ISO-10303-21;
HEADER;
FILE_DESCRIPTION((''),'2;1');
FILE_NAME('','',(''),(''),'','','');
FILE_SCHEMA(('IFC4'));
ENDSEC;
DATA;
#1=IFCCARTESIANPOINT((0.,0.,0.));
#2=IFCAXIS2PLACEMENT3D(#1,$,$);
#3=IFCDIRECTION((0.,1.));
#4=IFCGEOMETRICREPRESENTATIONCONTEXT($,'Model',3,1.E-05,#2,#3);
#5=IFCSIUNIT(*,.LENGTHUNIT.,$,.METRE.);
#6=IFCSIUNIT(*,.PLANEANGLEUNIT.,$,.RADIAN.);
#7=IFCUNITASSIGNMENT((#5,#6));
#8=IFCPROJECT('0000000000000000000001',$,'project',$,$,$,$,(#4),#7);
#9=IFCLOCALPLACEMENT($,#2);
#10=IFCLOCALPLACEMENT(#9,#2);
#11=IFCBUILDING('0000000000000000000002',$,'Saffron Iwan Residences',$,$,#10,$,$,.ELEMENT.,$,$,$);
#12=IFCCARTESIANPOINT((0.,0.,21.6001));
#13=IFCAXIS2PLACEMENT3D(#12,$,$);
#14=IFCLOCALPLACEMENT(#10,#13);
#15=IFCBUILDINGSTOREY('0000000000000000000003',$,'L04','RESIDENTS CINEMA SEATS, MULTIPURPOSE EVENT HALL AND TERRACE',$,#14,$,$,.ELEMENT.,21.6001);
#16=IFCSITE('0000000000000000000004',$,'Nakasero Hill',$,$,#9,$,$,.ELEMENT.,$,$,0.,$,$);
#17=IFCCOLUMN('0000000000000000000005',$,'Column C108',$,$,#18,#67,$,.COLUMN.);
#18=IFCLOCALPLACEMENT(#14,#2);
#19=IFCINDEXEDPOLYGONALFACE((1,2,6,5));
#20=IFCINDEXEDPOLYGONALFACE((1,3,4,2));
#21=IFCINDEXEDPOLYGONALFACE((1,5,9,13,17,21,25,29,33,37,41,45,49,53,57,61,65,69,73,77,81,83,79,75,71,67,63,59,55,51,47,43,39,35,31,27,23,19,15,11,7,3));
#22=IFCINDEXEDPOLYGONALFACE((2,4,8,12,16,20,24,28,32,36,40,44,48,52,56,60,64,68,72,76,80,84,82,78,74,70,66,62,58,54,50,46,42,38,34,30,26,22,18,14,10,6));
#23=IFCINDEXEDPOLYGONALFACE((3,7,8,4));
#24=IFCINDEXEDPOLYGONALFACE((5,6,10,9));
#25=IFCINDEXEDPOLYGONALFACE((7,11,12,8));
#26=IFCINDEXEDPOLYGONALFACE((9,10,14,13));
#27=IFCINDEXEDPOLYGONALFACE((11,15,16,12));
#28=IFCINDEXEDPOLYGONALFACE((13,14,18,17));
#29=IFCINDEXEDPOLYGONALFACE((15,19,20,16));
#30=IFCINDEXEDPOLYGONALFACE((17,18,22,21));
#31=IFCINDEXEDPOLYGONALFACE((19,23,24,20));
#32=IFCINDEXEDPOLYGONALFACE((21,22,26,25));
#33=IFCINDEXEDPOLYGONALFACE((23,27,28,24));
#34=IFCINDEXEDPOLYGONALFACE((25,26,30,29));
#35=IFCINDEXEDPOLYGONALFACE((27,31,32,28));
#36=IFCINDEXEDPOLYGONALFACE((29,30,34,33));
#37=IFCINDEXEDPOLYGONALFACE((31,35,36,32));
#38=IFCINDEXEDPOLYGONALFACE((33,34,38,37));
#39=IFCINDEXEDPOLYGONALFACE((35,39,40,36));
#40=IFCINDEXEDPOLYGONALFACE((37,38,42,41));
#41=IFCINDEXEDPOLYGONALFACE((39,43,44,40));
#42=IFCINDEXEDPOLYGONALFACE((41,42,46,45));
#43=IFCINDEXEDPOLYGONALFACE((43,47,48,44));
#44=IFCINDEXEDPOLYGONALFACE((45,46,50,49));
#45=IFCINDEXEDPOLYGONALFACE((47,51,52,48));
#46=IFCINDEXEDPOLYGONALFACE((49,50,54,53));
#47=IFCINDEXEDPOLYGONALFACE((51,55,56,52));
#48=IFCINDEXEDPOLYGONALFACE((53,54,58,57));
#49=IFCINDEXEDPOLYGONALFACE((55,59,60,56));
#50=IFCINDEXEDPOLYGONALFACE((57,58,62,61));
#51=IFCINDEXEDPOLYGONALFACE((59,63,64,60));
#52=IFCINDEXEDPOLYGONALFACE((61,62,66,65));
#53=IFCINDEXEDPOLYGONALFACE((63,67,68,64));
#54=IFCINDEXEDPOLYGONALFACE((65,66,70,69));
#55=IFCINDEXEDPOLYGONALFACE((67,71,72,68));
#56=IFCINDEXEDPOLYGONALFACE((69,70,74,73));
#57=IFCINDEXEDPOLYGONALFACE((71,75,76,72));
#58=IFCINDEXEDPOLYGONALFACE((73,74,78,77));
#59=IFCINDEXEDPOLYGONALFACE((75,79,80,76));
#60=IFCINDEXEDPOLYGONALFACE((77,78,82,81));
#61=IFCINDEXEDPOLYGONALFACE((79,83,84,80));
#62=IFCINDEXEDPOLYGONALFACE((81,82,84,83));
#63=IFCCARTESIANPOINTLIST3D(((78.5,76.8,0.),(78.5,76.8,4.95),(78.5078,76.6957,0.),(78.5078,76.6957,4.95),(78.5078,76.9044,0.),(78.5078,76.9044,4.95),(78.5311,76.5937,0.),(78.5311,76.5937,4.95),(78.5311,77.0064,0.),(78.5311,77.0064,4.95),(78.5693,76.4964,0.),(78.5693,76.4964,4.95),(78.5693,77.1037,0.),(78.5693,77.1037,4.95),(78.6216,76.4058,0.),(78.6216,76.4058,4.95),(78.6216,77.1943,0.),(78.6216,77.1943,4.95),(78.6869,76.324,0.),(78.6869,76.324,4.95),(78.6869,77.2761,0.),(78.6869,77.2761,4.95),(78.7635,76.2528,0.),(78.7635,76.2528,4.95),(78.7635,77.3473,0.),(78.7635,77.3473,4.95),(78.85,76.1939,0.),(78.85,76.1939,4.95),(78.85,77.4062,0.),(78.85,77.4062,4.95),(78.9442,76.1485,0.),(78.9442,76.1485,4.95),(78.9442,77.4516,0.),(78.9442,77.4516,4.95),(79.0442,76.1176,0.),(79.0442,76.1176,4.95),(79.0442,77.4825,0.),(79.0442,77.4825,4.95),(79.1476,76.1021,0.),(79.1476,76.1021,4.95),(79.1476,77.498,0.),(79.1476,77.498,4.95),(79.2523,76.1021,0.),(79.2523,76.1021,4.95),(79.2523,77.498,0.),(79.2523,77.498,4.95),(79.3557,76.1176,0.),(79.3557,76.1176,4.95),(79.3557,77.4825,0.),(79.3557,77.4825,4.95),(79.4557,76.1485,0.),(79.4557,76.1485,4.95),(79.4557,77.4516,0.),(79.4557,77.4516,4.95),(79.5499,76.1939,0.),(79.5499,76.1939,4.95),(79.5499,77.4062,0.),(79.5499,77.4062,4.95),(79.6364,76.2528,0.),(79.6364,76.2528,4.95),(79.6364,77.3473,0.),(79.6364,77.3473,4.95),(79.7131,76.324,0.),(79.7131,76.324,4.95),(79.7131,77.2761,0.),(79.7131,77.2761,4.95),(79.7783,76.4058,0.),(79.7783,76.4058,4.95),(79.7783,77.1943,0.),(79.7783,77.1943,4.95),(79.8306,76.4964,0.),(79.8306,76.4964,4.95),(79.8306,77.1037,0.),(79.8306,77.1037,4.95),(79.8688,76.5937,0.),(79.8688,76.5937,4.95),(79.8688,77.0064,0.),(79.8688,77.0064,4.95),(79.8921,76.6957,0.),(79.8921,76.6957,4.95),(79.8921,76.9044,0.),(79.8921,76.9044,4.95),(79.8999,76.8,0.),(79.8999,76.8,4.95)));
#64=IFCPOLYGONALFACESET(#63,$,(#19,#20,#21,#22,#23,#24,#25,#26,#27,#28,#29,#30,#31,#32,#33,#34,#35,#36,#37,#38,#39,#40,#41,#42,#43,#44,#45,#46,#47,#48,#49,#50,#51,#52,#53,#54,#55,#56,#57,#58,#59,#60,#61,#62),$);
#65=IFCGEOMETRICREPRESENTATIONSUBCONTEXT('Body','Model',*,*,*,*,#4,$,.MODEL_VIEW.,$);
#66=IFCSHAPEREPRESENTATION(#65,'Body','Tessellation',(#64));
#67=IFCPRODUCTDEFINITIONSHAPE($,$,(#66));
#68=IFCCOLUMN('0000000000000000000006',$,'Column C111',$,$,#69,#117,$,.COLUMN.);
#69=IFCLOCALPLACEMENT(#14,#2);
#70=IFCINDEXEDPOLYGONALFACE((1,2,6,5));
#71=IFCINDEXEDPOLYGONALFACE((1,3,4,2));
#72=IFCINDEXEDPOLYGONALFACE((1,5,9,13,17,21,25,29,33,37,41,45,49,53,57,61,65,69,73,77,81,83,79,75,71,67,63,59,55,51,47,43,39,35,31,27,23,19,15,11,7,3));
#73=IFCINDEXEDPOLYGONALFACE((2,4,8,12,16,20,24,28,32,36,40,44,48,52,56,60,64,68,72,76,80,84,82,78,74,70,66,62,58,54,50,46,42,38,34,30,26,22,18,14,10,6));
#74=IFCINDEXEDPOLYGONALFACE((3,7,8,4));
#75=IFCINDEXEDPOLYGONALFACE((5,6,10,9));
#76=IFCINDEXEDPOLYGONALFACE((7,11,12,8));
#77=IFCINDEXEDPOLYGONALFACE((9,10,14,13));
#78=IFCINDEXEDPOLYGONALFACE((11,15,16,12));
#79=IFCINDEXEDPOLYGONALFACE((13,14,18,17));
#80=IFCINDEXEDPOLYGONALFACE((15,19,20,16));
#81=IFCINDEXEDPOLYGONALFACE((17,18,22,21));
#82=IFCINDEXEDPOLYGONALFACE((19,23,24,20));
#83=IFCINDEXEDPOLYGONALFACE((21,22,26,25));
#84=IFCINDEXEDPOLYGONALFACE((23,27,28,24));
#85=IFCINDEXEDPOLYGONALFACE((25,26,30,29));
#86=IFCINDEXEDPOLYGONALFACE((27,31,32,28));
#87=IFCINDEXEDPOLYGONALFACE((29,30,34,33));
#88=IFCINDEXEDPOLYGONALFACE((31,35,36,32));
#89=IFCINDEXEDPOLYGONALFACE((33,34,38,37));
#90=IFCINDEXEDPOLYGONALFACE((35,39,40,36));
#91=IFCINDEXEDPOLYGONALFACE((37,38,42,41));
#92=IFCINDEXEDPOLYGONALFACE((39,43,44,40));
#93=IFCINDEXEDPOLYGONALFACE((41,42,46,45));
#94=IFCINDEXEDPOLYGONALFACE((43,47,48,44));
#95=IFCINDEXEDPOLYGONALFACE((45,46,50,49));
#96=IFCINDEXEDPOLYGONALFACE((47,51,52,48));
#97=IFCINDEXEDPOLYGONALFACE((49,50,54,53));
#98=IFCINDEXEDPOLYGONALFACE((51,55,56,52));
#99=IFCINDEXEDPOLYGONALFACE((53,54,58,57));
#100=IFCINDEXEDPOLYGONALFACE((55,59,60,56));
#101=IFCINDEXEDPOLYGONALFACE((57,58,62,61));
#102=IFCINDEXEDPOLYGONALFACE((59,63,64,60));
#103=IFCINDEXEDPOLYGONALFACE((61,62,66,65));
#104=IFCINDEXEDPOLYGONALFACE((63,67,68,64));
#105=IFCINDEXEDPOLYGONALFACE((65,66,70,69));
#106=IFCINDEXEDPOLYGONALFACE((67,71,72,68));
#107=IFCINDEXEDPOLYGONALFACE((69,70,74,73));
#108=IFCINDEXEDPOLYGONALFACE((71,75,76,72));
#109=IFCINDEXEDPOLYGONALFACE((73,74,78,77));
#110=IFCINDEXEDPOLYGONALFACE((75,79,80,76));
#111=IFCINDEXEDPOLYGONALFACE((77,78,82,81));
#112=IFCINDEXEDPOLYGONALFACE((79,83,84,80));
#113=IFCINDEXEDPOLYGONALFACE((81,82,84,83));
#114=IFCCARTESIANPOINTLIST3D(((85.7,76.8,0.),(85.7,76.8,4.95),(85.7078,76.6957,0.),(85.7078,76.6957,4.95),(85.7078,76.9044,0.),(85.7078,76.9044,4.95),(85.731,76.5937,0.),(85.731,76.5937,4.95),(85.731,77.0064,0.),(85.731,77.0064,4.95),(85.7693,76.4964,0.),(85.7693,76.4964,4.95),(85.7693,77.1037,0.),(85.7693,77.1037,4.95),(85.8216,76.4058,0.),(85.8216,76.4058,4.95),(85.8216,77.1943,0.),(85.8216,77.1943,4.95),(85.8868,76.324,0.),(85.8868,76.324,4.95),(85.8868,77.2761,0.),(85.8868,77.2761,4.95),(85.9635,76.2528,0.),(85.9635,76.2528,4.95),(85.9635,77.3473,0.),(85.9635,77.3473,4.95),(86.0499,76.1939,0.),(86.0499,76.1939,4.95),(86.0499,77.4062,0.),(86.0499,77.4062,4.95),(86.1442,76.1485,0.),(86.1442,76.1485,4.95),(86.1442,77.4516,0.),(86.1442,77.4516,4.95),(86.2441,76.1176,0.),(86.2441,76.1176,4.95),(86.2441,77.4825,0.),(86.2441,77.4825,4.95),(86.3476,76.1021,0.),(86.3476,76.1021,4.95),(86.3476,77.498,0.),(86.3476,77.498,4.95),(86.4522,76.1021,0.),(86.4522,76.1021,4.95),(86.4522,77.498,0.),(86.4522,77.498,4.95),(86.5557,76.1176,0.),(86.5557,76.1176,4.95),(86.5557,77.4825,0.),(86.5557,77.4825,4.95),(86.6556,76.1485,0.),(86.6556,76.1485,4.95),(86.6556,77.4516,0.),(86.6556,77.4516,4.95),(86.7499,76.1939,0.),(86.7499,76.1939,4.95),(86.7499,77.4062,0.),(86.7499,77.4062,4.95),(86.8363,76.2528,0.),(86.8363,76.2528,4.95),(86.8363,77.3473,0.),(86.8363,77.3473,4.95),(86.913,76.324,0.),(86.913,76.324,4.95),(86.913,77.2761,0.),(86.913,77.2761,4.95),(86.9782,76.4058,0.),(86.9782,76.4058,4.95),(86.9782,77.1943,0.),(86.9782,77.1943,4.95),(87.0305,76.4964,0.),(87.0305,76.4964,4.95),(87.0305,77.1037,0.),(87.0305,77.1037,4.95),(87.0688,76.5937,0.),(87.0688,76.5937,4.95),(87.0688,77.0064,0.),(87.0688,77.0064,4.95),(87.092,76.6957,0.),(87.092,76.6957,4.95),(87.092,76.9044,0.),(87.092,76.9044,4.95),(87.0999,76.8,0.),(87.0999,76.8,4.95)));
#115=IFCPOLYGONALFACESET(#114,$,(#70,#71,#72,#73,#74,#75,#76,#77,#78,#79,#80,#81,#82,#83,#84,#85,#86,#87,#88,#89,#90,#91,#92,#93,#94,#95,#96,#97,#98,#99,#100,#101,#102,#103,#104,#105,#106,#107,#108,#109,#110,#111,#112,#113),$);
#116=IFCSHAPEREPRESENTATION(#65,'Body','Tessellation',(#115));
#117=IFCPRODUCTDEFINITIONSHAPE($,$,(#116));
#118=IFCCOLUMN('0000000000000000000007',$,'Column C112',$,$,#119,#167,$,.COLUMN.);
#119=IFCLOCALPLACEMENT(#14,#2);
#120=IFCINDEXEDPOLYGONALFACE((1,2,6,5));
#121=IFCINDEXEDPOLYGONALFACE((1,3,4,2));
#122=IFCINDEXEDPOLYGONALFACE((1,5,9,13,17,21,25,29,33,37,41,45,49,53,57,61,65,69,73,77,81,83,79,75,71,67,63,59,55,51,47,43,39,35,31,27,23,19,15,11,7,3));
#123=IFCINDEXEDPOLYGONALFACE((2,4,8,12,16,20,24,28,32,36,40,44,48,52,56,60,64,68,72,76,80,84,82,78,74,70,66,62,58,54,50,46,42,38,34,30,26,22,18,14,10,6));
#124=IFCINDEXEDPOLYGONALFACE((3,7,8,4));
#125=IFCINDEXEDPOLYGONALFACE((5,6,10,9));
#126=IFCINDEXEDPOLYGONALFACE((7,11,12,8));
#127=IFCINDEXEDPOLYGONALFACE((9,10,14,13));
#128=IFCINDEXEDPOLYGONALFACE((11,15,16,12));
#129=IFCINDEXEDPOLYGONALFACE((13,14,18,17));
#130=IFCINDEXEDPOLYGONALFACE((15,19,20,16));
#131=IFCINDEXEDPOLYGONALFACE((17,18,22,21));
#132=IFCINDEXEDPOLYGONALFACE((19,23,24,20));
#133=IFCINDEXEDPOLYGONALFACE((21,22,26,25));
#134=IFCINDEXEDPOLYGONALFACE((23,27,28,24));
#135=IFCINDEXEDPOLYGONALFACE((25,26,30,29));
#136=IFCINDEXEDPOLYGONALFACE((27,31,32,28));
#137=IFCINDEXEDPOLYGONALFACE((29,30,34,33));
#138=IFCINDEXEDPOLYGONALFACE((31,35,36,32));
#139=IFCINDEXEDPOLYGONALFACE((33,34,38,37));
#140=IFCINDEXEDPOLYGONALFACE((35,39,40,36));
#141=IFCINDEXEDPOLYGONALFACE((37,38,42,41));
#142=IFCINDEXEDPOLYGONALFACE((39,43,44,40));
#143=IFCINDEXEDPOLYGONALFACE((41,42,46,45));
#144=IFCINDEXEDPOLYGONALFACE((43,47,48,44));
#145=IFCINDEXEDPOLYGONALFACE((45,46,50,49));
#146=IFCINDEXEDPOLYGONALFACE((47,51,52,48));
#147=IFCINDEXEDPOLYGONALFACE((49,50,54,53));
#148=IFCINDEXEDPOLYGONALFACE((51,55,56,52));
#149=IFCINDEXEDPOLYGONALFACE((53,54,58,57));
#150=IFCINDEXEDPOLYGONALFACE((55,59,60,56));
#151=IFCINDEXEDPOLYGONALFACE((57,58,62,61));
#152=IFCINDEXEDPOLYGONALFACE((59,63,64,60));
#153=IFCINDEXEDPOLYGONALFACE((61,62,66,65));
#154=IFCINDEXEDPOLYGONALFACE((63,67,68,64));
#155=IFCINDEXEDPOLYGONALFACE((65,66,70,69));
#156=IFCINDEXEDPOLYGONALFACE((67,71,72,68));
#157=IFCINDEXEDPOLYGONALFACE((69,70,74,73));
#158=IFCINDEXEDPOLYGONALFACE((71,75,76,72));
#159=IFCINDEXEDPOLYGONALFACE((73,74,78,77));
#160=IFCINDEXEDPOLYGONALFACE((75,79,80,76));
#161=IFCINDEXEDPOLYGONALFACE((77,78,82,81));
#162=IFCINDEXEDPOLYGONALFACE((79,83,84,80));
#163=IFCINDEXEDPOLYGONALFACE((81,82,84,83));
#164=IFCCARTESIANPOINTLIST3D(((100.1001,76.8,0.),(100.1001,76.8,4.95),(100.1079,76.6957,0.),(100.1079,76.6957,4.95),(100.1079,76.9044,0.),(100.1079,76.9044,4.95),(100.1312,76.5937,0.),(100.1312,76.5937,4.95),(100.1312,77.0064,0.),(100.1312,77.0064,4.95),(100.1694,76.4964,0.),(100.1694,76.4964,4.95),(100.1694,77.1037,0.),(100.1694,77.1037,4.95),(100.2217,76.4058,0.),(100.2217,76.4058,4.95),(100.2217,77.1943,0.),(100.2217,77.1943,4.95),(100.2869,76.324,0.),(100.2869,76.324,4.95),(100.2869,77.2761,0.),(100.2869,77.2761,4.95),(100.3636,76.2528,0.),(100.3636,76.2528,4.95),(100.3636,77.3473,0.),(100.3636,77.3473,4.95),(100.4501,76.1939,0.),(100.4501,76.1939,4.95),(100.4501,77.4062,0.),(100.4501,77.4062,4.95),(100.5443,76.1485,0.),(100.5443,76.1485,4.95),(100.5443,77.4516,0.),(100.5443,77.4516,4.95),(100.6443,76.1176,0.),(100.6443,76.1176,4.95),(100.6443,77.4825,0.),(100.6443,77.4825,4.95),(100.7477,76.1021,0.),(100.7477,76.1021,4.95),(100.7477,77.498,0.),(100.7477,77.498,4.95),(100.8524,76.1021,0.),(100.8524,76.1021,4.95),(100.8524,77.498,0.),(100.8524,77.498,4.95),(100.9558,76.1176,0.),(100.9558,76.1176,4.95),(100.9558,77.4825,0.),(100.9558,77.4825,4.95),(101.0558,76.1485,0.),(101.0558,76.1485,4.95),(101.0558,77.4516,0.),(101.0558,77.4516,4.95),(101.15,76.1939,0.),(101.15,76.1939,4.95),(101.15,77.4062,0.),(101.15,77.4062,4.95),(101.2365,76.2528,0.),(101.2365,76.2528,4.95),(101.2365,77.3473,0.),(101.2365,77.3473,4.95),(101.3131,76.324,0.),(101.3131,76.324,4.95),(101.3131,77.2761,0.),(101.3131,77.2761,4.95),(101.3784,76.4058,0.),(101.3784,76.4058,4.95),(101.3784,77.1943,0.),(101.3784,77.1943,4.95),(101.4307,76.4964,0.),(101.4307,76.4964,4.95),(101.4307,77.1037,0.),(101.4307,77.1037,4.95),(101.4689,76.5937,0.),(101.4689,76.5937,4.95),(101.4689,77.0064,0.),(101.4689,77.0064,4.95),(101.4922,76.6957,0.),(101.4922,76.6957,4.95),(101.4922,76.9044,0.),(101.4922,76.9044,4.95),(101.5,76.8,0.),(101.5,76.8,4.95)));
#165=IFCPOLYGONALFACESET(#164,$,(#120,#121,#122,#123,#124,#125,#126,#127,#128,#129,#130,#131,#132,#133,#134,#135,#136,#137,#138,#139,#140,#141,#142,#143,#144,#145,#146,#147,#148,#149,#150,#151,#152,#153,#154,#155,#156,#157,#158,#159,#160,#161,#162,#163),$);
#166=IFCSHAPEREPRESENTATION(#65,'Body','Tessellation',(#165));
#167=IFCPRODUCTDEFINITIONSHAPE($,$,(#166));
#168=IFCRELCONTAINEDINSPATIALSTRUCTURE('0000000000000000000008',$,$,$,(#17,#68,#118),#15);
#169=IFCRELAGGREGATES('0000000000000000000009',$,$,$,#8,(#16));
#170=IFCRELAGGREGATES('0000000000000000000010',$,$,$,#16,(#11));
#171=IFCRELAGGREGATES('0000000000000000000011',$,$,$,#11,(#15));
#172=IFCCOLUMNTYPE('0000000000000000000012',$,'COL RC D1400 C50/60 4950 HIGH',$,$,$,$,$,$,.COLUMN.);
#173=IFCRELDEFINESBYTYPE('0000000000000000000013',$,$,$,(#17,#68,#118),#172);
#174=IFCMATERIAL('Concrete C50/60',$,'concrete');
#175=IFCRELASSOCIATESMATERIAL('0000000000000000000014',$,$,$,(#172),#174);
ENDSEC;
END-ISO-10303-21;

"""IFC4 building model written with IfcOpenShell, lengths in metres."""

from ifc_helpers import new_model, si_unit, direction, frame, origin, origin_2d, place, context, subcontext, project, spatial, circle, extrude, source, transform, mapped, material, material_profile, profile_set, type_object, element, save


model = new_model("IFC4")

# Units and contexts
model_context = context("Model", 3, precision=1e-05, world=origin(), true_north=direction((0.0, 1.0)))
body_context = subcontext(model_context, "Body", "Model", "MODEL_VIEW")
ifc_project = project(units=[si_unit("LENGTHUNIT", "METRE"), si_unit("PLANEANGLEUNIT", "RADIAN")], contexts=[model_context])

# Site, building, storey
site_placement = place(None, origin())
site = spatial("IfcSite", under=ifc_project, at=site_placement, Name="Nakasero Hill", CompositionType="ELEMENT", RefElevation=0.0)
building_placement = place(site_placement, origin())
building = spatial("IfcBuilding", under=site, at=building_placement, Name="Saffron Iwan Residences", CompositionType="ELEMENT")
storey_placement = place(building_placement, frame((0.0, 0.0, 21.6001)))
storey = spatial("IfcBuildingStorey", under=building, at=storey_placement, Name="L04", Description="RESIDENTS CINEMA SEATS, MULTIPURPOSE EVENT HALL AND TERRACE", CompositionType="ELEMENT", Elevation=21.6001)

# Columns
ifc_material_1 = material(Name="Concrete C50/60", Category="concrete")
ifc_material_profile_1 = material_profile(ifc_material_1, circle(Radius=0.7, at=origin_2d()), Name="RC D1400")
ifc_profile_set_1 = profile_set([ifc_material_profile_1], Name="Concrete C50/60")
column_type = type_object("IfcColumnType", Name="COL RC D1400 C50/60 4950 HIGH", PredefinedType="COLUMN", material=ifc_profile_set_1)
shared_shape_1 = source(origin(), body_context, "Body", "SweptSolid", [
    extrude(circle(Radius=0.7, at=origin_2d()), origin(), (0.0, 0.0, 1.0), 4.95),
])
for number, where, z_axis, x_axis, name in (
    (1, (79.2, 76.8, 0.0), (0.0, 0.0, 1.0), (1.0, 0.0, 0.0), "Column C108"),
    (2, (86.3999, 76.8, 0.0), (0.0, 0.0, 1.0), (1.0, 0.0, 0.0), "Column C111"),
    (3, (100.8, 76.8, 0.0), (0.0, 0.0, 1.0), (1.0, 0.0, 0.0), "Column C112"),
):
    element("IfcColumn", number, at=place(storey_placement, frame(where, z_axis=z_axis, x_axis=x_axis)), inside=storey, type_object=column_type, Name=name, PredefinedType="COLUMN", context=body_context, shape_type="MappedRepresentation", body=[
        mapped(shared_shape_1, transform((0.0, 0.0, 0.0))),
    ])

save(model, "model.ifc")
